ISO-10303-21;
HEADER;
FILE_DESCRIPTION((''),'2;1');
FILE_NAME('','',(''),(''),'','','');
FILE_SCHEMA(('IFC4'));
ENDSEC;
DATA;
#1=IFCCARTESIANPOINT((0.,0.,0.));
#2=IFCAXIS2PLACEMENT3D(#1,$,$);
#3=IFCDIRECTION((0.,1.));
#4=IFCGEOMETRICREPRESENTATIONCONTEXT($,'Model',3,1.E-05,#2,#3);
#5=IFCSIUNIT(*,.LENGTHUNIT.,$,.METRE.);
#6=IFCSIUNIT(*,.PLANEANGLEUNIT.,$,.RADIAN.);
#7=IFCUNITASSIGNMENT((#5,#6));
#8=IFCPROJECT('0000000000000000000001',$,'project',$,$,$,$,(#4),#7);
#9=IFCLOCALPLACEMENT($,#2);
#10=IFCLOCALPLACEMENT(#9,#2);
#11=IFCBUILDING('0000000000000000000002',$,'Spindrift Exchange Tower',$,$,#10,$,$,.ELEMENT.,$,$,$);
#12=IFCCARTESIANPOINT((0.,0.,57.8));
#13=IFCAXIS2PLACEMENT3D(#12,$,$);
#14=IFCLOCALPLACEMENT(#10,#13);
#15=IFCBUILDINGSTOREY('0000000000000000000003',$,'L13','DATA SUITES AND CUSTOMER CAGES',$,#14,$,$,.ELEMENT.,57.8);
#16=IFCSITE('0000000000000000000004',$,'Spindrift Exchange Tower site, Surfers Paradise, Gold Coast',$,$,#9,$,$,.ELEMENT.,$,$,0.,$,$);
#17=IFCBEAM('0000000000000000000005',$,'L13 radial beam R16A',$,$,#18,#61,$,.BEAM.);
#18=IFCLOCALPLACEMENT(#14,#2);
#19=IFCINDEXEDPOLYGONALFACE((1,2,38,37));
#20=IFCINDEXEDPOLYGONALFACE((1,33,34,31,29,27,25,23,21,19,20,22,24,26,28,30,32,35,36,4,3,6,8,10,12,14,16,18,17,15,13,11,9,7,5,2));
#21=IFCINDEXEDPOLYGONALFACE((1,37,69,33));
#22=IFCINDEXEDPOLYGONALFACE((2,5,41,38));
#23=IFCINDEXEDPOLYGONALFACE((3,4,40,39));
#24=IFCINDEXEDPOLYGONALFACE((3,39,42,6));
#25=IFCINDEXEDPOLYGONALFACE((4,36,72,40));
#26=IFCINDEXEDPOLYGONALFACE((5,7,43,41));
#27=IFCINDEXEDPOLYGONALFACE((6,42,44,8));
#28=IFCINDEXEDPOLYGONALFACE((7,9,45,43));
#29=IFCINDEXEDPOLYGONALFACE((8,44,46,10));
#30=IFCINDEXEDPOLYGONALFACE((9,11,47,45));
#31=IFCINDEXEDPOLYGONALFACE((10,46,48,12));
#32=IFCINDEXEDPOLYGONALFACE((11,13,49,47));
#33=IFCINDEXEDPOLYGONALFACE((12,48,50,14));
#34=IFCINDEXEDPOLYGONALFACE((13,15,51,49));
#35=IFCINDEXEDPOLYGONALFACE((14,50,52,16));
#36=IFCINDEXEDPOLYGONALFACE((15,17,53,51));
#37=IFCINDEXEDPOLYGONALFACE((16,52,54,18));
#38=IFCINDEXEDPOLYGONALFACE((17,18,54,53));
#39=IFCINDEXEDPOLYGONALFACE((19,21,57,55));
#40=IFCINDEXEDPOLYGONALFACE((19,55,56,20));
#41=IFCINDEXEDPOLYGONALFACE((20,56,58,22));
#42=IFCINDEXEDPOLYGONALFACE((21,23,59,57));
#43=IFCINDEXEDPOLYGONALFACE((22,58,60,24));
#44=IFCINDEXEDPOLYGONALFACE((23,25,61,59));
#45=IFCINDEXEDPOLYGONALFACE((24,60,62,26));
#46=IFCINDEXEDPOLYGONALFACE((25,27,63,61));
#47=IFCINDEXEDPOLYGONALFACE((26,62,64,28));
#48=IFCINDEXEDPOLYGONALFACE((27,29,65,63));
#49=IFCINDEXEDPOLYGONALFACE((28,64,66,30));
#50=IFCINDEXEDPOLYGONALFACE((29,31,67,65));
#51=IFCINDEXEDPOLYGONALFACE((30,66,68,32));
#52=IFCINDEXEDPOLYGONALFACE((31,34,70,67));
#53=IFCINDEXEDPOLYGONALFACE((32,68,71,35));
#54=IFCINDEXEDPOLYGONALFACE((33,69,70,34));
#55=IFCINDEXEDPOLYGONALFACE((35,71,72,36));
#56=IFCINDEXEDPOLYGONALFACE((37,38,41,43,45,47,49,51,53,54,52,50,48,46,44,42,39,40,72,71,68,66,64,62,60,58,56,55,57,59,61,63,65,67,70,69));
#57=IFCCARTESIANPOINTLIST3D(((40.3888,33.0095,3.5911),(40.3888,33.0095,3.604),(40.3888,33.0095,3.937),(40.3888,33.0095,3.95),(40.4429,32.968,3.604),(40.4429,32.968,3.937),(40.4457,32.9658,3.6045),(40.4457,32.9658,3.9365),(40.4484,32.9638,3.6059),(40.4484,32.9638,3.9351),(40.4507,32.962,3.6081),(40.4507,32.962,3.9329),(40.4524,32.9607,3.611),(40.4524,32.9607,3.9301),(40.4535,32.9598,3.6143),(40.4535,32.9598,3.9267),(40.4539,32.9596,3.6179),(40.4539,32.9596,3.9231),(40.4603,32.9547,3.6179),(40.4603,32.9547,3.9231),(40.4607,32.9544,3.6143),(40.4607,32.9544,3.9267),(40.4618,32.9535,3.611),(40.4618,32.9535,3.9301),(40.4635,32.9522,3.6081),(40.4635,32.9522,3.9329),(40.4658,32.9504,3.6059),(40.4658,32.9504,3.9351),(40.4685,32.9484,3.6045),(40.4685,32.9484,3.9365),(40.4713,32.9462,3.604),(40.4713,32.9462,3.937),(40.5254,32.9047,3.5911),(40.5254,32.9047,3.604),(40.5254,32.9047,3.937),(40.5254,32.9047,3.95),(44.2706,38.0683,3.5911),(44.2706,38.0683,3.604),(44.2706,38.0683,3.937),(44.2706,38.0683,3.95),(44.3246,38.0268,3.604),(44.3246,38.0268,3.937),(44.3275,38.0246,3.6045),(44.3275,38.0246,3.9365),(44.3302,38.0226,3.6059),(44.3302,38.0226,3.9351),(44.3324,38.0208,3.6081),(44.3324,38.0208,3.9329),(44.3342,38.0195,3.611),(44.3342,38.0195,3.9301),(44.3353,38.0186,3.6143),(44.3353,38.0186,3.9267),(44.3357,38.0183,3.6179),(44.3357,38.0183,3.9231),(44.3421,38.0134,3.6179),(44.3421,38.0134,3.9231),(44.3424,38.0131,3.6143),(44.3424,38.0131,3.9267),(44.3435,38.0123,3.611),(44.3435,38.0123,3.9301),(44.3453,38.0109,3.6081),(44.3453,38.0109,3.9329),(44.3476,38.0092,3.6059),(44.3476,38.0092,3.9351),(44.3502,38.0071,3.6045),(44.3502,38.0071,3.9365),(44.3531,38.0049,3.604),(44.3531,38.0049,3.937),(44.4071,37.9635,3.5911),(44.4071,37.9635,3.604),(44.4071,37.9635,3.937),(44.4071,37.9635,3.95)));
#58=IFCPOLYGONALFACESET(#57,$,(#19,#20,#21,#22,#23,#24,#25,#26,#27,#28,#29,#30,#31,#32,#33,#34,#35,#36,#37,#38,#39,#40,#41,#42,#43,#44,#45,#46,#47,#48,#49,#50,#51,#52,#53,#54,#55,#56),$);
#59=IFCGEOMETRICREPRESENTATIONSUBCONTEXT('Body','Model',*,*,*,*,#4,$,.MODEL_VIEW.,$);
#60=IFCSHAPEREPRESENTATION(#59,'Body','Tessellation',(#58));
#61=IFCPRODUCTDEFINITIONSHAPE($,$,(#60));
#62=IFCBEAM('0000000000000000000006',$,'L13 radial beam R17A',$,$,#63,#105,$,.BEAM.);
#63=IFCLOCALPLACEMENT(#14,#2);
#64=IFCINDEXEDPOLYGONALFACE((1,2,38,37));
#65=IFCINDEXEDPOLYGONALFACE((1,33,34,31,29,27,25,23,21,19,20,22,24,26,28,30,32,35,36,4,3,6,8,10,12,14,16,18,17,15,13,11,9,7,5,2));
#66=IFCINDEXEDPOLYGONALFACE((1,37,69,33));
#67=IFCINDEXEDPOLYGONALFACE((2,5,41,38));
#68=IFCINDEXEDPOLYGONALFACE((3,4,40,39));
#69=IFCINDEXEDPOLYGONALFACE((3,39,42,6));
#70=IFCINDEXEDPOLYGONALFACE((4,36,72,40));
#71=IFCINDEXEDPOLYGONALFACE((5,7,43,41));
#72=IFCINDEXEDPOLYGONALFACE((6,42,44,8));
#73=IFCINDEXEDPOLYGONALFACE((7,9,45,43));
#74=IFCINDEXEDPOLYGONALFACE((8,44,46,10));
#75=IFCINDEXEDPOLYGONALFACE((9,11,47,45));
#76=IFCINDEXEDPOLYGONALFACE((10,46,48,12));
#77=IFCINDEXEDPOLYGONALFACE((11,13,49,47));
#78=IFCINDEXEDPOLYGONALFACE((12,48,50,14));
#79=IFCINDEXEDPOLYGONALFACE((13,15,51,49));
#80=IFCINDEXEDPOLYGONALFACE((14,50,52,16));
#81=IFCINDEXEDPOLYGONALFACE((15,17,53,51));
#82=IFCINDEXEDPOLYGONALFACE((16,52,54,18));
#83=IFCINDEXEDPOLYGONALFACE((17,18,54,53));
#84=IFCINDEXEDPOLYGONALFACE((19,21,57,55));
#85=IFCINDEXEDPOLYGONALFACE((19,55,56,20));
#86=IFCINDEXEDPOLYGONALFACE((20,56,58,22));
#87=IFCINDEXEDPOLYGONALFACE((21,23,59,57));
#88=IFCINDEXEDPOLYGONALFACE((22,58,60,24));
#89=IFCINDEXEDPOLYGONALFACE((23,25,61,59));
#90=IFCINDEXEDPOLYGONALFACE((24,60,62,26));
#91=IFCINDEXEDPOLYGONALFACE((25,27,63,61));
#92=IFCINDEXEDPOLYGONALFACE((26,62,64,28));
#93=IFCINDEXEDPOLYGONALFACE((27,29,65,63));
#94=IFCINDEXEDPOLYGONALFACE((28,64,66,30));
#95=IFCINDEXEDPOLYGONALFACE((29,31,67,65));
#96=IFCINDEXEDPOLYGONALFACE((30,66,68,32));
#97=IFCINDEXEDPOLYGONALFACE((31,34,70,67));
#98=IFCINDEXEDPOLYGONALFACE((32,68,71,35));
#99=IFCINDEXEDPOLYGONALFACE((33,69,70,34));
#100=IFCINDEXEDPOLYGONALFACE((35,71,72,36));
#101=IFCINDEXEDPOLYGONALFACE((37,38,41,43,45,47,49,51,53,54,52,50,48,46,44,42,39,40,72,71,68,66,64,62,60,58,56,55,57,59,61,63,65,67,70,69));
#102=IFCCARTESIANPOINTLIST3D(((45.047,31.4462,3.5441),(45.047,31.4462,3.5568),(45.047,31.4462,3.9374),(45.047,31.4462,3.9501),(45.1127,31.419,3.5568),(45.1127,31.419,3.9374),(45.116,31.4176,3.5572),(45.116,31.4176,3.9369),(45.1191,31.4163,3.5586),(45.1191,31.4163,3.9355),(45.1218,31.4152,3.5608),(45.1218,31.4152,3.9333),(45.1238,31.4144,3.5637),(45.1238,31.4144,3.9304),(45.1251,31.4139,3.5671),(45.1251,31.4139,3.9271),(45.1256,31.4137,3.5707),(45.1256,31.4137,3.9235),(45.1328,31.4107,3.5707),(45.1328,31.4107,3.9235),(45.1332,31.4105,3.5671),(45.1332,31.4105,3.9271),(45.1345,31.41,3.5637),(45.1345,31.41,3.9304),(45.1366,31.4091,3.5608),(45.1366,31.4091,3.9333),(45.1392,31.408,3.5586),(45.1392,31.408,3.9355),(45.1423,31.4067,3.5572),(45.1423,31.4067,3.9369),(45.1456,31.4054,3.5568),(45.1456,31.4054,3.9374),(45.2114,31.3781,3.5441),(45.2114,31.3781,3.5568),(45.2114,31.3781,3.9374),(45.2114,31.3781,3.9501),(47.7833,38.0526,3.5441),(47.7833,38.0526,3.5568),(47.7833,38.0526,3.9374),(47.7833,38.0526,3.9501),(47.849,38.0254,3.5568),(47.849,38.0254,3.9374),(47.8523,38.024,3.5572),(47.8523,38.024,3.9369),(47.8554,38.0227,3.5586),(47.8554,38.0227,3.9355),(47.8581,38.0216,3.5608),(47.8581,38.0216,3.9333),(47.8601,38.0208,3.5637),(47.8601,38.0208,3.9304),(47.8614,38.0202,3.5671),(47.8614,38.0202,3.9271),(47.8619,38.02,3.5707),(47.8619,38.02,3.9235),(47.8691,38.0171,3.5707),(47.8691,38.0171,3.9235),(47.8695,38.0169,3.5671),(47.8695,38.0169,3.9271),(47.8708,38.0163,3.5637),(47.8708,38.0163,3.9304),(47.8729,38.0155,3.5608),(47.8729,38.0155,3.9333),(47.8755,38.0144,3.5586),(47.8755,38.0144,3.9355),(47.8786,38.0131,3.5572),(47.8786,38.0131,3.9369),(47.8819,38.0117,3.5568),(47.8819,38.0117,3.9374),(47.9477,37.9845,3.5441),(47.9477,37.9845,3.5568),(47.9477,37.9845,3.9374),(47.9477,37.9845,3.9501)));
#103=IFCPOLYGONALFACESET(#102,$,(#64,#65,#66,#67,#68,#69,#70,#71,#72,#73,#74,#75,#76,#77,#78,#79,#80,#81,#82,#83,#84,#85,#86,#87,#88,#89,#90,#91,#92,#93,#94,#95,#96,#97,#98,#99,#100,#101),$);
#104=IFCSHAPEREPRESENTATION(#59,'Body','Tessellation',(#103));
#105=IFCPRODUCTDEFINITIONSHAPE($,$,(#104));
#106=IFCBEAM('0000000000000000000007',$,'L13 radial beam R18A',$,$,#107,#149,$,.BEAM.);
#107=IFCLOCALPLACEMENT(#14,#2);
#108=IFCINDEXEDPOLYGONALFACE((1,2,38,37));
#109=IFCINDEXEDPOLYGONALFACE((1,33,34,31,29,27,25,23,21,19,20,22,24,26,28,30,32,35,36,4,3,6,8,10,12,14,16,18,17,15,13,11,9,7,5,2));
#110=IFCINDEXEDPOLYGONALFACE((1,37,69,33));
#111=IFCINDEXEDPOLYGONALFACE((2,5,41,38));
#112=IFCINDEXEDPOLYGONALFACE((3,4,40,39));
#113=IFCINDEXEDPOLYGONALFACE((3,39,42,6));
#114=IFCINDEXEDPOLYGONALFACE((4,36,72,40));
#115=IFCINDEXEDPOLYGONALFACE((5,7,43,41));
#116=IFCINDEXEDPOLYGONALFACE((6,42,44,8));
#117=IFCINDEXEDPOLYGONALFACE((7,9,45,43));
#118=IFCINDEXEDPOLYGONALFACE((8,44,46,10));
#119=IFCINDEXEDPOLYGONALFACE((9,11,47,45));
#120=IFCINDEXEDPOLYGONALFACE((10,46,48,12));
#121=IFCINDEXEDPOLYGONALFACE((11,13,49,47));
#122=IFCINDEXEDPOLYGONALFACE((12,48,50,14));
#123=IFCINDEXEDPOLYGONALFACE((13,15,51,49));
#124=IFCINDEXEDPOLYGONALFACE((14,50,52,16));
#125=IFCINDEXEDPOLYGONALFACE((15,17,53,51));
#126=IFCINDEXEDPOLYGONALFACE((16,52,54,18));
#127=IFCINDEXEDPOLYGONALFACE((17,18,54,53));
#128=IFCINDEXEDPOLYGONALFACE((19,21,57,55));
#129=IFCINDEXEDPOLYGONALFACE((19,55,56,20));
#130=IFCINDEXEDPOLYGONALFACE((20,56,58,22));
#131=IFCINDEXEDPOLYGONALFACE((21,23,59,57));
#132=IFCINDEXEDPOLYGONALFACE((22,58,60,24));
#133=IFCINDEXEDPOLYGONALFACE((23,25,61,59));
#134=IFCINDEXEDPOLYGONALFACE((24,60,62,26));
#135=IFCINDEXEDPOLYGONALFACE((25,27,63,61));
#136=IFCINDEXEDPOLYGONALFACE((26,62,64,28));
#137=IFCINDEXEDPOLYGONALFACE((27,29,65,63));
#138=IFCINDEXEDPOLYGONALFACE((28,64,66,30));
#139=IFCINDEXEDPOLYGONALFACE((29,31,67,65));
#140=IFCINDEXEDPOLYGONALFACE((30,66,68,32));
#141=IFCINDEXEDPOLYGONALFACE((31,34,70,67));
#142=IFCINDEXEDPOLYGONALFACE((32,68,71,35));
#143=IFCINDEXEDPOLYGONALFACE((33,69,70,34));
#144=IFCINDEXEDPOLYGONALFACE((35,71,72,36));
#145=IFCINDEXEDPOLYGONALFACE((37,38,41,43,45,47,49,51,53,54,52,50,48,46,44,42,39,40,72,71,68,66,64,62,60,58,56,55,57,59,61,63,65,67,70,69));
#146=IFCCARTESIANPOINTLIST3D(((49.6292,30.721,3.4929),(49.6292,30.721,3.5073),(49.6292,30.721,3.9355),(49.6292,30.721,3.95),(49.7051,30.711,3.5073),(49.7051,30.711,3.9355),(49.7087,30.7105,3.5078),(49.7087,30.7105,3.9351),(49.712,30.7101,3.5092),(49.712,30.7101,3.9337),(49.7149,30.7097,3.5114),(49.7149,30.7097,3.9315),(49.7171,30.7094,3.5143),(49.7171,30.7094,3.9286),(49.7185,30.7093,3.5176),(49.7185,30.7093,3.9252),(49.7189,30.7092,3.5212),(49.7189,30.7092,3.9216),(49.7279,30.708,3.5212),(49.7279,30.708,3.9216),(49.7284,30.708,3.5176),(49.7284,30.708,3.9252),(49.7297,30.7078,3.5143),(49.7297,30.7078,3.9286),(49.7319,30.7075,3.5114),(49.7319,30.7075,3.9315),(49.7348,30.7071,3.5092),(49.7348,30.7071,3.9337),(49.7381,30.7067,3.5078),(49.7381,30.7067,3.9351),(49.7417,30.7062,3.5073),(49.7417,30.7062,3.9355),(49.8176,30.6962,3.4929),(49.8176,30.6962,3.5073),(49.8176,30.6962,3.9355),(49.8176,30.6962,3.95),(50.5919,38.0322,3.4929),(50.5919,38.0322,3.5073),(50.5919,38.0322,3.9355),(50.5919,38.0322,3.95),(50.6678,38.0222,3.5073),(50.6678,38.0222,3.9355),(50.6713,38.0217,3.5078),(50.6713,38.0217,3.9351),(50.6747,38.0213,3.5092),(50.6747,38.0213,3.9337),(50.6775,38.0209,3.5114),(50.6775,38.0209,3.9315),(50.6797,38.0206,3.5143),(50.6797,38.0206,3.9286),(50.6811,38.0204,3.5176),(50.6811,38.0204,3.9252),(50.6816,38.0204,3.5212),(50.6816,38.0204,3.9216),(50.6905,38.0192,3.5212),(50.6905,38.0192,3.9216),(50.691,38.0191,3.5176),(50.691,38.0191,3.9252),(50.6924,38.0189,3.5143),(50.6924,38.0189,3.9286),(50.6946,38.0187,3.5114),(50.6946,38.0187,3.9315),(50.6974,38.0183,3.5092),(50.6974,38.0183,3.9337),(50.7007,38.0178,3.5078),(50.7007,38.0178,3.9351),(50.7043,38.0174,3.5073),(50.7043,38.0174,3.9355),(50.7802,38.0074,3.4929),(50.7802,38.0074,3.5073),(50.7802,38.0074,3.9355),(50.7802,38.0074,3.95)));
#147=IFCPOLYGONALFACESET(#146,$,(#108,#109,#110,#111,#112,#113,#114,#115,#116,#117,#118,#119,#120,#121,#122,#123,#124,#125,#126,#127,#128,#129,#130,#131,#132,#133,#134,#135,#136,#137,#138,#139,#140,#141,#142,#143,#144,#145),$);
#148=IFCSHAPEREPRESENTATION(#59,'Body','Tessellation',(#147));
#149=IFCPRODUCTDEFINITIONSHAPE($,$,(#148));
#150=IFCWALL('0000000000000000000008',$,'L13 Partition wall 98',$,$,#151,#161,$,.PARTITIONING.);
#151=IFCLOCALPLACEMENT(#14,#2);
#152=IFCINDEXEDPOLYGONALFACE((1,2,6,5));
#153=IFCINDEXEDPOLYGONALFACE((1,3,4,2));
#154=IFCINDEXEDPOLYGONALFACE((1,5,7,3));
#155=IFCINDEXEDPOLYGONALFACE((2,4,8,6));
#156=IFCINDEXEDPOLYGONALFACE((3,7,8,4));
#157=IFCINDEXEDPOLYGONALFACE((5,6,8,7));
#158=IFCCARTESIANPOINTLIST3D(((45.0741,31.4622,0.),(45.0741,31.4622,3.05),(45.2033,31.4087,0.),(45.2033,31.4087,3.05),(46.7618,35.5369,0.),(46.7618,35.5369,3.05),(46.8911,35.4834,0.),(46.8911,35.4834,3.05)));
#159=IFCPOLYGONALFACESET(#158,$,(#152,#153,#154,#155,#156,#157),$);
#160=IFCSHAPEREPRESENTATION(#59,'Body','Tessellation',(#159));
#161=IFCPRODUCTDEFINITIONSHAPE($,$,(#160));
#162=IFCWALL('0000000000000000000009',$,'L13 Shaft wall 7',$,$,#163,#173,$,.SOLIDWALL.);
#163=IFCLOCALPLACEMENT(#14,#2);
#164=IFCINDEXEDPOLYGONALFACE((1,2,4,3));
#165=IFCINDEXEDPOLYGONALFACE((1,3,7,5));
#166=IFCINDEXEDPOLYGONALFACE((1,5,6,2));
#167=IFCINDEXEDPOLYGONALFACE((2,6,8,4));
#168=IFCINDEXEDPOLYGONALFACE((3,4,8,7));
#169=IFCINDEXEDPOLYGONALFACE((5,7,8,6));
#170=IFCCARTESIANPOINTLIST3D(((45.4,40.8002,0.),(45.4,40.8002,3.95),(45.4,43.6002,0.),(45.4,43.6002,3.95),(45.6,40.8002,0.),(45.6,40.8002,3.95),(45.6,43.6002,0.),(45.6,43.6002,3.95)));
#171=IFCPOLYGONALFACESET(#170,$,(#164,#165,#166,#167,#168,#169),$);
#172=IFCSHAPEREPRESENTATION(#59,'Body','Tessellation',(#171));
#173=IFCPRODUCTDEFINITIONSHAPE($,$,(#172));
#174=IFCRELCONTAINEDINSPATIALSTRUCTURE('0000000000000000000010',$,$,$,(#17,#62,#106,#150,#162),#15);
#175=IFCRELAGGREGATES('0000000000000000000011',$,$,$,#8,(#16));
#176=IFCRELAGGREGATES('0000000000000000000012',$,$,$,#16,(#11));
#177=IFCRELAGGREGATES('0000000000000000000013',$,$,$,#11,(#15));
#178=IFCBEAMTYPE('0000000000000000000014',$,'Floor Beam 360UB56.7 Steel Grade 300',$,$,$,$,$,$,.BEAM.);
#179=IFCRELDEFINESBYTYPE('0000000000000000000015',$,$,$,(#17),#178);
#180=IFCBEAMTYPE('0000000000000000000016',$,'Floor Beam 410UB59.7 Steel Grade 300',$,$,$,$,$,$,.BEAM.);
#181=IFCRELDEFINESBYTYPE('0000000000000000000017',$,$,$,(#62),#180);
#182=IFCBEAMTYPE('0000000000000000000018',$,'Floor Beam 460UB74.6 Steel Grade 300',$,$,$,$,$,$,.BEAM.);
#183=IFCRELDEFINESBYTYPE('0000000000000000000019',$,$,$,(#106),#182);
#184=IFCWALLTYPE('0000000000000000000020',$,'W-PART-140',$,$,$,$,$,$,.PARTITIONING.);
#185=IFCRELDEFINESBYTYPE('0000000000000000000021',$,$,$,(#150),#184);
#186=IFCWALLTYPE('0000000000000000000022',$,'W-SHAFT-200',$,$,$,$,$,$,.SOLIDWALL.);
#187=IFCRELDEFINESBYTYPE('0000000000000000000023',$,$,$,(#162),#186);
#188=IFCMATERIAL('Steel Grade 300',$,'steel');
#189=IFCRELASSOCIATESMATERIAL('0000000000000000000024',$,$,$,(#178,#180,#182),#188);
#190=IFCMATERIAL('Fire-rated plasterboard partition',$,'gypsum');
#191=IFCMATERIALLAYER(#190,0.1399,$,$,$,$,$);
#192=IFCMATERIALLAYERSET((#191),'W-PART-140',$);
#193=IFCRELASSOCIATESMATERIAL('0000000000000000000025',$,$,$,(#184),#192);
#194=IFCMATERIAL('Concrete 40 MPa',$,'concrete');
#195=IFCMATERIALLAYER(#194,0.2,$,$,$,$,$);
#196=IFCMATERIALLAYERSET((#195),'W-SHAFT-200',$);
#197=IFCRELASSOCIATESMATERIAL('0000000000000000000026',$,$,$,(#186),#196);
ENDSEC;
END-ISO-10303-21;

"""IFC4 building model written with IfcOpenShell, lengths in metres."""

from ifc_helpers import new_model, si_unit, direction, frame, frame_2d, origin, origin_2d, place, context, subcontext, project, spatial, rectangle, i_section, extrude, source, transform, mapped, material, layer, layer_set, material_profile, profile_set, type_object, element, save


model = new_model("IFC4")

# Units and contexts
model_context = context("Model", 3, precision=1e-05, world=origin(), true_north=direction((0.0, 1.0)))
body_context = subcontext(model_context, "Body", "Model", "MODEL_VIEW")
ifc_project = project(units=[si_unit("LENGTHUNIT", "METRE"), si_unit("PLANEANGLEUNIT", "RADIAN")], contexts=[model_context])

# Site, building, storey
site_placement = place(None, origin())
site = spatial("IfcSite", under=ifc_project, at=site_placement, Name="Spindrift Exchange Tower site, Surfers Paradise, Gold Coast", CompositionType="ELEMENT", RefElevation=0.0)
building_placement = place(site_placement, origin())
building = spatial("IfcBuilding", under=site, at=building_placement, Name="Spindrift Exchange Tower", CompositionType="ELEMENT")
storey_placement = place(building_placement, frame((0.0, 0.0, 57.8)))
storey = spatial("IfcBuildingStorey", under=building, at=storey_placement, Name="L13", Description="DATA SUITES AND CUSTOMER CAGES", CompositionType="ELEMENT", Elevation=57.8)

# Beams
ifc_material_1 = material(Name="Steel Grade 300", Category="steel")
ifc_material_profile_1 = material_profile(ifc_material_1, i_section(OverallWidth=0.1721, OverallDepth=0.3589, WebThickness=0.0081, FlangeThickness=0.0129, FilletRadius=0.0139, at=origin_2d()), Name="360UB56.7")
ifc_profile_set_1 = profile_set([ifc_material_profile_1], Name="Steel Grade 300")
beam_type_1 = type_object("IfcBeamType", Name="Floor Beam 360UB56.7 Steel Grade 300", PredefinedType="BEAM", material=ifc_profile_set_1)
shared_shape_1 = source(origin(), body_context, "Body", "SweptSolid", [
    extrude(i_section(OverallWidth=0.1721, OverallDepth=0.3589, WebThickness=0.0081, FlangeThickness=0.0129, FilletRadius=0.0139, at=origin_2d()), origin(), (0.0, 0.0, 1.0), 6.3765),
])
beam_1_placement = place(storey_placement, frame((44.3389, 38.0159, 3.7705), z_axis=(-0.608767, -0.793349, 0.0), x_axis=(0.793349, -0.608767, 0.0)))
element("IfcBeam", 1, at=beam_1_placement, inside=storey, type_object=beam_type_1, Name="L13 radial beam R16A", PredefinedType="BEAM", context=body_context, shape_type="MappedRepresentation", body=[
    mapped(shared_shape_1, transform((0.0, 0.0, 0.0), scale=1.0)),
])
ifc_material_profile_2 = material_profile(ifc_material_1, i_section(OverallWidth=0.178, OverallDepth=0.406, WebThickness=0.0078, FlangeThickness=0.0127, FilletRadius=0.0139, at=origin_2d()), Name="410UB59.7")
ifc_profile_set_2 = profile_set([ifc_material_profile_2], Name="Steel Grade 300")
beam_type_2 = type_object("IfcBeamType", Name="Floor Beam 410UB59.7 Steel Grade 300", PredefinedType="BEAM", material=ifc_profile_set_2)
shared_shape_2 = source(origin(), body_context, "Body", "SweptSolid", [
    extrude(i_section(OverallWidth=0.178, OverallDepth=0.406, WebThickness=0.0078, FlangeThickness=0.0127, FilletRadius=0.0139, at=origin_2d()), origin(), (0.0, 0.0, 1.0), 7.1506),
])
beam_2_placement = place(storey_placement, frame((47.8655, 38.0186, 3.7471), z_axis=(-0.382665, -0.923887, 0.0), x_axis=(0.923887, -0.382665, 0.0)))
element("IfcBeam", 2, at=beam_2_placement, inside=storey, type_object=beam_type_2, Name="L13 radial beam R17A", PredefinedType="BEAM", context=body_context, shape_type="MappedRepresentation", body=[
    mapped(shared_shape_2, transform((0.0, 0.0, 0.0), scale=1.0)),
])
ifc_material_profile_3 = material_profile(ifc_material_1, i_section(OverallWidth=0.1899, OverallDepth=0.457, WebThickness=0.009, FlangeThickness=0.0144, FilletRadius=0.0139, at=origin_2d()), Name="460UB74.6")
ifc_profile_set_3 = profile_set([ifc_material_profile_3], Name="Steel Grade 300")
beam_type_3 = type_object("IfcBeamType", Name="Floor Beam 460UB74.6 Steel Grade 300", PredefinedType="BEAM", material=ifc_profile_set_3)
shared_shape_3 = source(origin(), body_context, "Body", "SweptSolid", [
    extrude(i_section(OverallWidth=0.1899, OverallDepth=0.457, WebThickness=0.009, FlangeThickness=0.0144, FilletRadius=0.0139, at=origin_2d()), origin(), (0.0, 0.0, 1.0), 7.3743),
])
beam_3_placement = place(storey_placement, frame((50.686, 38.0198, 3.7214), z_axis=(-0.130539, -0.991443, 0.0), x_axis=(0.991443, -0.130539, 0.0)))
element("IfcBeam", 3, at=beam_3_placement, inside=storey, type_object=beam_type_3, Name="L13 radial beam R18A", PredefinedType="BEAM", context=body_context, shape_type="MappedRepresentation", body=[
    mapped(shared_shape_3, transform((0.0, 0.0, 0.0), scale=1.0)),
])

# Walls
ifc_material_2 = material(Name="Fire-rated plasterboard partition", Category="gypsum")
ifc_layer_1 = layer(ifc_material_2, 0.1399)
ifc_layer_set_1 = layer_set([ifc_layer_1], Name="W-PART-140")
wall_type_1 = type_object("IfcWallType", Name="W-PART-140", PredefinedType="PARTITIONING", material=ifc_layer_set_1)
wall_1_placement = place(storey_placement, frame((46.8264, 35.51, 0.0), z_axis=(0.0, 0.0, 1.0), x_axis=(-0.382673, -0.923884, 0.0)))
element("IfcWall", 4, at=wall_1_placement, inside=storey, type_object=wall_type_1, Name="L13 Partition wall 98", PredefinedType="PARTITIONING", context=body_context, shape_type="SweptSolid", body=[
    extrude(rectangle(XDim=4.4104, YDim=0.1399, at=frame_2d((2.2051, 0.0))), origin(), (0.0, 0.0, 1.0), 3.05),
])
ifc_material_3 = material(Name="Concrete 40 MPa", Category="concrete")
ifc_layer_2 = layer(ifc_material_3, 0.2)
ifc_layer_set_2 = layer_set([ifc_layer_2], Name="W-SHAFT-200")
wall_type_2 = type_object("IfcWallType", Name="W-SHAFT-200", PredefinedType="SOLIDWALL", material=ifc_layer_set_2)
wall_2_placement = place(storey_placement, frame((45.5, 43.6001, 0.0), z_axis=(0.0, 0.0, 1.0), x_axis=(0.0, -1.0, 0.0)))
element("IfcWall", 5, at=wall_2_placement, inside=storey, type_object=wall_type_2, Name="L13 Shaft wall 7", PredefinedType="SOLIDWALL", context=body_context, shape_type="SweptSolid", body=[
    extrude(rectangle(XDim=2.8, YDim=0.2, at=frame_2d((1.3999, 0.0))), origin(), (0.0, 0.0, 1.0), 3.95),
])

save(model, "model.ifc")
